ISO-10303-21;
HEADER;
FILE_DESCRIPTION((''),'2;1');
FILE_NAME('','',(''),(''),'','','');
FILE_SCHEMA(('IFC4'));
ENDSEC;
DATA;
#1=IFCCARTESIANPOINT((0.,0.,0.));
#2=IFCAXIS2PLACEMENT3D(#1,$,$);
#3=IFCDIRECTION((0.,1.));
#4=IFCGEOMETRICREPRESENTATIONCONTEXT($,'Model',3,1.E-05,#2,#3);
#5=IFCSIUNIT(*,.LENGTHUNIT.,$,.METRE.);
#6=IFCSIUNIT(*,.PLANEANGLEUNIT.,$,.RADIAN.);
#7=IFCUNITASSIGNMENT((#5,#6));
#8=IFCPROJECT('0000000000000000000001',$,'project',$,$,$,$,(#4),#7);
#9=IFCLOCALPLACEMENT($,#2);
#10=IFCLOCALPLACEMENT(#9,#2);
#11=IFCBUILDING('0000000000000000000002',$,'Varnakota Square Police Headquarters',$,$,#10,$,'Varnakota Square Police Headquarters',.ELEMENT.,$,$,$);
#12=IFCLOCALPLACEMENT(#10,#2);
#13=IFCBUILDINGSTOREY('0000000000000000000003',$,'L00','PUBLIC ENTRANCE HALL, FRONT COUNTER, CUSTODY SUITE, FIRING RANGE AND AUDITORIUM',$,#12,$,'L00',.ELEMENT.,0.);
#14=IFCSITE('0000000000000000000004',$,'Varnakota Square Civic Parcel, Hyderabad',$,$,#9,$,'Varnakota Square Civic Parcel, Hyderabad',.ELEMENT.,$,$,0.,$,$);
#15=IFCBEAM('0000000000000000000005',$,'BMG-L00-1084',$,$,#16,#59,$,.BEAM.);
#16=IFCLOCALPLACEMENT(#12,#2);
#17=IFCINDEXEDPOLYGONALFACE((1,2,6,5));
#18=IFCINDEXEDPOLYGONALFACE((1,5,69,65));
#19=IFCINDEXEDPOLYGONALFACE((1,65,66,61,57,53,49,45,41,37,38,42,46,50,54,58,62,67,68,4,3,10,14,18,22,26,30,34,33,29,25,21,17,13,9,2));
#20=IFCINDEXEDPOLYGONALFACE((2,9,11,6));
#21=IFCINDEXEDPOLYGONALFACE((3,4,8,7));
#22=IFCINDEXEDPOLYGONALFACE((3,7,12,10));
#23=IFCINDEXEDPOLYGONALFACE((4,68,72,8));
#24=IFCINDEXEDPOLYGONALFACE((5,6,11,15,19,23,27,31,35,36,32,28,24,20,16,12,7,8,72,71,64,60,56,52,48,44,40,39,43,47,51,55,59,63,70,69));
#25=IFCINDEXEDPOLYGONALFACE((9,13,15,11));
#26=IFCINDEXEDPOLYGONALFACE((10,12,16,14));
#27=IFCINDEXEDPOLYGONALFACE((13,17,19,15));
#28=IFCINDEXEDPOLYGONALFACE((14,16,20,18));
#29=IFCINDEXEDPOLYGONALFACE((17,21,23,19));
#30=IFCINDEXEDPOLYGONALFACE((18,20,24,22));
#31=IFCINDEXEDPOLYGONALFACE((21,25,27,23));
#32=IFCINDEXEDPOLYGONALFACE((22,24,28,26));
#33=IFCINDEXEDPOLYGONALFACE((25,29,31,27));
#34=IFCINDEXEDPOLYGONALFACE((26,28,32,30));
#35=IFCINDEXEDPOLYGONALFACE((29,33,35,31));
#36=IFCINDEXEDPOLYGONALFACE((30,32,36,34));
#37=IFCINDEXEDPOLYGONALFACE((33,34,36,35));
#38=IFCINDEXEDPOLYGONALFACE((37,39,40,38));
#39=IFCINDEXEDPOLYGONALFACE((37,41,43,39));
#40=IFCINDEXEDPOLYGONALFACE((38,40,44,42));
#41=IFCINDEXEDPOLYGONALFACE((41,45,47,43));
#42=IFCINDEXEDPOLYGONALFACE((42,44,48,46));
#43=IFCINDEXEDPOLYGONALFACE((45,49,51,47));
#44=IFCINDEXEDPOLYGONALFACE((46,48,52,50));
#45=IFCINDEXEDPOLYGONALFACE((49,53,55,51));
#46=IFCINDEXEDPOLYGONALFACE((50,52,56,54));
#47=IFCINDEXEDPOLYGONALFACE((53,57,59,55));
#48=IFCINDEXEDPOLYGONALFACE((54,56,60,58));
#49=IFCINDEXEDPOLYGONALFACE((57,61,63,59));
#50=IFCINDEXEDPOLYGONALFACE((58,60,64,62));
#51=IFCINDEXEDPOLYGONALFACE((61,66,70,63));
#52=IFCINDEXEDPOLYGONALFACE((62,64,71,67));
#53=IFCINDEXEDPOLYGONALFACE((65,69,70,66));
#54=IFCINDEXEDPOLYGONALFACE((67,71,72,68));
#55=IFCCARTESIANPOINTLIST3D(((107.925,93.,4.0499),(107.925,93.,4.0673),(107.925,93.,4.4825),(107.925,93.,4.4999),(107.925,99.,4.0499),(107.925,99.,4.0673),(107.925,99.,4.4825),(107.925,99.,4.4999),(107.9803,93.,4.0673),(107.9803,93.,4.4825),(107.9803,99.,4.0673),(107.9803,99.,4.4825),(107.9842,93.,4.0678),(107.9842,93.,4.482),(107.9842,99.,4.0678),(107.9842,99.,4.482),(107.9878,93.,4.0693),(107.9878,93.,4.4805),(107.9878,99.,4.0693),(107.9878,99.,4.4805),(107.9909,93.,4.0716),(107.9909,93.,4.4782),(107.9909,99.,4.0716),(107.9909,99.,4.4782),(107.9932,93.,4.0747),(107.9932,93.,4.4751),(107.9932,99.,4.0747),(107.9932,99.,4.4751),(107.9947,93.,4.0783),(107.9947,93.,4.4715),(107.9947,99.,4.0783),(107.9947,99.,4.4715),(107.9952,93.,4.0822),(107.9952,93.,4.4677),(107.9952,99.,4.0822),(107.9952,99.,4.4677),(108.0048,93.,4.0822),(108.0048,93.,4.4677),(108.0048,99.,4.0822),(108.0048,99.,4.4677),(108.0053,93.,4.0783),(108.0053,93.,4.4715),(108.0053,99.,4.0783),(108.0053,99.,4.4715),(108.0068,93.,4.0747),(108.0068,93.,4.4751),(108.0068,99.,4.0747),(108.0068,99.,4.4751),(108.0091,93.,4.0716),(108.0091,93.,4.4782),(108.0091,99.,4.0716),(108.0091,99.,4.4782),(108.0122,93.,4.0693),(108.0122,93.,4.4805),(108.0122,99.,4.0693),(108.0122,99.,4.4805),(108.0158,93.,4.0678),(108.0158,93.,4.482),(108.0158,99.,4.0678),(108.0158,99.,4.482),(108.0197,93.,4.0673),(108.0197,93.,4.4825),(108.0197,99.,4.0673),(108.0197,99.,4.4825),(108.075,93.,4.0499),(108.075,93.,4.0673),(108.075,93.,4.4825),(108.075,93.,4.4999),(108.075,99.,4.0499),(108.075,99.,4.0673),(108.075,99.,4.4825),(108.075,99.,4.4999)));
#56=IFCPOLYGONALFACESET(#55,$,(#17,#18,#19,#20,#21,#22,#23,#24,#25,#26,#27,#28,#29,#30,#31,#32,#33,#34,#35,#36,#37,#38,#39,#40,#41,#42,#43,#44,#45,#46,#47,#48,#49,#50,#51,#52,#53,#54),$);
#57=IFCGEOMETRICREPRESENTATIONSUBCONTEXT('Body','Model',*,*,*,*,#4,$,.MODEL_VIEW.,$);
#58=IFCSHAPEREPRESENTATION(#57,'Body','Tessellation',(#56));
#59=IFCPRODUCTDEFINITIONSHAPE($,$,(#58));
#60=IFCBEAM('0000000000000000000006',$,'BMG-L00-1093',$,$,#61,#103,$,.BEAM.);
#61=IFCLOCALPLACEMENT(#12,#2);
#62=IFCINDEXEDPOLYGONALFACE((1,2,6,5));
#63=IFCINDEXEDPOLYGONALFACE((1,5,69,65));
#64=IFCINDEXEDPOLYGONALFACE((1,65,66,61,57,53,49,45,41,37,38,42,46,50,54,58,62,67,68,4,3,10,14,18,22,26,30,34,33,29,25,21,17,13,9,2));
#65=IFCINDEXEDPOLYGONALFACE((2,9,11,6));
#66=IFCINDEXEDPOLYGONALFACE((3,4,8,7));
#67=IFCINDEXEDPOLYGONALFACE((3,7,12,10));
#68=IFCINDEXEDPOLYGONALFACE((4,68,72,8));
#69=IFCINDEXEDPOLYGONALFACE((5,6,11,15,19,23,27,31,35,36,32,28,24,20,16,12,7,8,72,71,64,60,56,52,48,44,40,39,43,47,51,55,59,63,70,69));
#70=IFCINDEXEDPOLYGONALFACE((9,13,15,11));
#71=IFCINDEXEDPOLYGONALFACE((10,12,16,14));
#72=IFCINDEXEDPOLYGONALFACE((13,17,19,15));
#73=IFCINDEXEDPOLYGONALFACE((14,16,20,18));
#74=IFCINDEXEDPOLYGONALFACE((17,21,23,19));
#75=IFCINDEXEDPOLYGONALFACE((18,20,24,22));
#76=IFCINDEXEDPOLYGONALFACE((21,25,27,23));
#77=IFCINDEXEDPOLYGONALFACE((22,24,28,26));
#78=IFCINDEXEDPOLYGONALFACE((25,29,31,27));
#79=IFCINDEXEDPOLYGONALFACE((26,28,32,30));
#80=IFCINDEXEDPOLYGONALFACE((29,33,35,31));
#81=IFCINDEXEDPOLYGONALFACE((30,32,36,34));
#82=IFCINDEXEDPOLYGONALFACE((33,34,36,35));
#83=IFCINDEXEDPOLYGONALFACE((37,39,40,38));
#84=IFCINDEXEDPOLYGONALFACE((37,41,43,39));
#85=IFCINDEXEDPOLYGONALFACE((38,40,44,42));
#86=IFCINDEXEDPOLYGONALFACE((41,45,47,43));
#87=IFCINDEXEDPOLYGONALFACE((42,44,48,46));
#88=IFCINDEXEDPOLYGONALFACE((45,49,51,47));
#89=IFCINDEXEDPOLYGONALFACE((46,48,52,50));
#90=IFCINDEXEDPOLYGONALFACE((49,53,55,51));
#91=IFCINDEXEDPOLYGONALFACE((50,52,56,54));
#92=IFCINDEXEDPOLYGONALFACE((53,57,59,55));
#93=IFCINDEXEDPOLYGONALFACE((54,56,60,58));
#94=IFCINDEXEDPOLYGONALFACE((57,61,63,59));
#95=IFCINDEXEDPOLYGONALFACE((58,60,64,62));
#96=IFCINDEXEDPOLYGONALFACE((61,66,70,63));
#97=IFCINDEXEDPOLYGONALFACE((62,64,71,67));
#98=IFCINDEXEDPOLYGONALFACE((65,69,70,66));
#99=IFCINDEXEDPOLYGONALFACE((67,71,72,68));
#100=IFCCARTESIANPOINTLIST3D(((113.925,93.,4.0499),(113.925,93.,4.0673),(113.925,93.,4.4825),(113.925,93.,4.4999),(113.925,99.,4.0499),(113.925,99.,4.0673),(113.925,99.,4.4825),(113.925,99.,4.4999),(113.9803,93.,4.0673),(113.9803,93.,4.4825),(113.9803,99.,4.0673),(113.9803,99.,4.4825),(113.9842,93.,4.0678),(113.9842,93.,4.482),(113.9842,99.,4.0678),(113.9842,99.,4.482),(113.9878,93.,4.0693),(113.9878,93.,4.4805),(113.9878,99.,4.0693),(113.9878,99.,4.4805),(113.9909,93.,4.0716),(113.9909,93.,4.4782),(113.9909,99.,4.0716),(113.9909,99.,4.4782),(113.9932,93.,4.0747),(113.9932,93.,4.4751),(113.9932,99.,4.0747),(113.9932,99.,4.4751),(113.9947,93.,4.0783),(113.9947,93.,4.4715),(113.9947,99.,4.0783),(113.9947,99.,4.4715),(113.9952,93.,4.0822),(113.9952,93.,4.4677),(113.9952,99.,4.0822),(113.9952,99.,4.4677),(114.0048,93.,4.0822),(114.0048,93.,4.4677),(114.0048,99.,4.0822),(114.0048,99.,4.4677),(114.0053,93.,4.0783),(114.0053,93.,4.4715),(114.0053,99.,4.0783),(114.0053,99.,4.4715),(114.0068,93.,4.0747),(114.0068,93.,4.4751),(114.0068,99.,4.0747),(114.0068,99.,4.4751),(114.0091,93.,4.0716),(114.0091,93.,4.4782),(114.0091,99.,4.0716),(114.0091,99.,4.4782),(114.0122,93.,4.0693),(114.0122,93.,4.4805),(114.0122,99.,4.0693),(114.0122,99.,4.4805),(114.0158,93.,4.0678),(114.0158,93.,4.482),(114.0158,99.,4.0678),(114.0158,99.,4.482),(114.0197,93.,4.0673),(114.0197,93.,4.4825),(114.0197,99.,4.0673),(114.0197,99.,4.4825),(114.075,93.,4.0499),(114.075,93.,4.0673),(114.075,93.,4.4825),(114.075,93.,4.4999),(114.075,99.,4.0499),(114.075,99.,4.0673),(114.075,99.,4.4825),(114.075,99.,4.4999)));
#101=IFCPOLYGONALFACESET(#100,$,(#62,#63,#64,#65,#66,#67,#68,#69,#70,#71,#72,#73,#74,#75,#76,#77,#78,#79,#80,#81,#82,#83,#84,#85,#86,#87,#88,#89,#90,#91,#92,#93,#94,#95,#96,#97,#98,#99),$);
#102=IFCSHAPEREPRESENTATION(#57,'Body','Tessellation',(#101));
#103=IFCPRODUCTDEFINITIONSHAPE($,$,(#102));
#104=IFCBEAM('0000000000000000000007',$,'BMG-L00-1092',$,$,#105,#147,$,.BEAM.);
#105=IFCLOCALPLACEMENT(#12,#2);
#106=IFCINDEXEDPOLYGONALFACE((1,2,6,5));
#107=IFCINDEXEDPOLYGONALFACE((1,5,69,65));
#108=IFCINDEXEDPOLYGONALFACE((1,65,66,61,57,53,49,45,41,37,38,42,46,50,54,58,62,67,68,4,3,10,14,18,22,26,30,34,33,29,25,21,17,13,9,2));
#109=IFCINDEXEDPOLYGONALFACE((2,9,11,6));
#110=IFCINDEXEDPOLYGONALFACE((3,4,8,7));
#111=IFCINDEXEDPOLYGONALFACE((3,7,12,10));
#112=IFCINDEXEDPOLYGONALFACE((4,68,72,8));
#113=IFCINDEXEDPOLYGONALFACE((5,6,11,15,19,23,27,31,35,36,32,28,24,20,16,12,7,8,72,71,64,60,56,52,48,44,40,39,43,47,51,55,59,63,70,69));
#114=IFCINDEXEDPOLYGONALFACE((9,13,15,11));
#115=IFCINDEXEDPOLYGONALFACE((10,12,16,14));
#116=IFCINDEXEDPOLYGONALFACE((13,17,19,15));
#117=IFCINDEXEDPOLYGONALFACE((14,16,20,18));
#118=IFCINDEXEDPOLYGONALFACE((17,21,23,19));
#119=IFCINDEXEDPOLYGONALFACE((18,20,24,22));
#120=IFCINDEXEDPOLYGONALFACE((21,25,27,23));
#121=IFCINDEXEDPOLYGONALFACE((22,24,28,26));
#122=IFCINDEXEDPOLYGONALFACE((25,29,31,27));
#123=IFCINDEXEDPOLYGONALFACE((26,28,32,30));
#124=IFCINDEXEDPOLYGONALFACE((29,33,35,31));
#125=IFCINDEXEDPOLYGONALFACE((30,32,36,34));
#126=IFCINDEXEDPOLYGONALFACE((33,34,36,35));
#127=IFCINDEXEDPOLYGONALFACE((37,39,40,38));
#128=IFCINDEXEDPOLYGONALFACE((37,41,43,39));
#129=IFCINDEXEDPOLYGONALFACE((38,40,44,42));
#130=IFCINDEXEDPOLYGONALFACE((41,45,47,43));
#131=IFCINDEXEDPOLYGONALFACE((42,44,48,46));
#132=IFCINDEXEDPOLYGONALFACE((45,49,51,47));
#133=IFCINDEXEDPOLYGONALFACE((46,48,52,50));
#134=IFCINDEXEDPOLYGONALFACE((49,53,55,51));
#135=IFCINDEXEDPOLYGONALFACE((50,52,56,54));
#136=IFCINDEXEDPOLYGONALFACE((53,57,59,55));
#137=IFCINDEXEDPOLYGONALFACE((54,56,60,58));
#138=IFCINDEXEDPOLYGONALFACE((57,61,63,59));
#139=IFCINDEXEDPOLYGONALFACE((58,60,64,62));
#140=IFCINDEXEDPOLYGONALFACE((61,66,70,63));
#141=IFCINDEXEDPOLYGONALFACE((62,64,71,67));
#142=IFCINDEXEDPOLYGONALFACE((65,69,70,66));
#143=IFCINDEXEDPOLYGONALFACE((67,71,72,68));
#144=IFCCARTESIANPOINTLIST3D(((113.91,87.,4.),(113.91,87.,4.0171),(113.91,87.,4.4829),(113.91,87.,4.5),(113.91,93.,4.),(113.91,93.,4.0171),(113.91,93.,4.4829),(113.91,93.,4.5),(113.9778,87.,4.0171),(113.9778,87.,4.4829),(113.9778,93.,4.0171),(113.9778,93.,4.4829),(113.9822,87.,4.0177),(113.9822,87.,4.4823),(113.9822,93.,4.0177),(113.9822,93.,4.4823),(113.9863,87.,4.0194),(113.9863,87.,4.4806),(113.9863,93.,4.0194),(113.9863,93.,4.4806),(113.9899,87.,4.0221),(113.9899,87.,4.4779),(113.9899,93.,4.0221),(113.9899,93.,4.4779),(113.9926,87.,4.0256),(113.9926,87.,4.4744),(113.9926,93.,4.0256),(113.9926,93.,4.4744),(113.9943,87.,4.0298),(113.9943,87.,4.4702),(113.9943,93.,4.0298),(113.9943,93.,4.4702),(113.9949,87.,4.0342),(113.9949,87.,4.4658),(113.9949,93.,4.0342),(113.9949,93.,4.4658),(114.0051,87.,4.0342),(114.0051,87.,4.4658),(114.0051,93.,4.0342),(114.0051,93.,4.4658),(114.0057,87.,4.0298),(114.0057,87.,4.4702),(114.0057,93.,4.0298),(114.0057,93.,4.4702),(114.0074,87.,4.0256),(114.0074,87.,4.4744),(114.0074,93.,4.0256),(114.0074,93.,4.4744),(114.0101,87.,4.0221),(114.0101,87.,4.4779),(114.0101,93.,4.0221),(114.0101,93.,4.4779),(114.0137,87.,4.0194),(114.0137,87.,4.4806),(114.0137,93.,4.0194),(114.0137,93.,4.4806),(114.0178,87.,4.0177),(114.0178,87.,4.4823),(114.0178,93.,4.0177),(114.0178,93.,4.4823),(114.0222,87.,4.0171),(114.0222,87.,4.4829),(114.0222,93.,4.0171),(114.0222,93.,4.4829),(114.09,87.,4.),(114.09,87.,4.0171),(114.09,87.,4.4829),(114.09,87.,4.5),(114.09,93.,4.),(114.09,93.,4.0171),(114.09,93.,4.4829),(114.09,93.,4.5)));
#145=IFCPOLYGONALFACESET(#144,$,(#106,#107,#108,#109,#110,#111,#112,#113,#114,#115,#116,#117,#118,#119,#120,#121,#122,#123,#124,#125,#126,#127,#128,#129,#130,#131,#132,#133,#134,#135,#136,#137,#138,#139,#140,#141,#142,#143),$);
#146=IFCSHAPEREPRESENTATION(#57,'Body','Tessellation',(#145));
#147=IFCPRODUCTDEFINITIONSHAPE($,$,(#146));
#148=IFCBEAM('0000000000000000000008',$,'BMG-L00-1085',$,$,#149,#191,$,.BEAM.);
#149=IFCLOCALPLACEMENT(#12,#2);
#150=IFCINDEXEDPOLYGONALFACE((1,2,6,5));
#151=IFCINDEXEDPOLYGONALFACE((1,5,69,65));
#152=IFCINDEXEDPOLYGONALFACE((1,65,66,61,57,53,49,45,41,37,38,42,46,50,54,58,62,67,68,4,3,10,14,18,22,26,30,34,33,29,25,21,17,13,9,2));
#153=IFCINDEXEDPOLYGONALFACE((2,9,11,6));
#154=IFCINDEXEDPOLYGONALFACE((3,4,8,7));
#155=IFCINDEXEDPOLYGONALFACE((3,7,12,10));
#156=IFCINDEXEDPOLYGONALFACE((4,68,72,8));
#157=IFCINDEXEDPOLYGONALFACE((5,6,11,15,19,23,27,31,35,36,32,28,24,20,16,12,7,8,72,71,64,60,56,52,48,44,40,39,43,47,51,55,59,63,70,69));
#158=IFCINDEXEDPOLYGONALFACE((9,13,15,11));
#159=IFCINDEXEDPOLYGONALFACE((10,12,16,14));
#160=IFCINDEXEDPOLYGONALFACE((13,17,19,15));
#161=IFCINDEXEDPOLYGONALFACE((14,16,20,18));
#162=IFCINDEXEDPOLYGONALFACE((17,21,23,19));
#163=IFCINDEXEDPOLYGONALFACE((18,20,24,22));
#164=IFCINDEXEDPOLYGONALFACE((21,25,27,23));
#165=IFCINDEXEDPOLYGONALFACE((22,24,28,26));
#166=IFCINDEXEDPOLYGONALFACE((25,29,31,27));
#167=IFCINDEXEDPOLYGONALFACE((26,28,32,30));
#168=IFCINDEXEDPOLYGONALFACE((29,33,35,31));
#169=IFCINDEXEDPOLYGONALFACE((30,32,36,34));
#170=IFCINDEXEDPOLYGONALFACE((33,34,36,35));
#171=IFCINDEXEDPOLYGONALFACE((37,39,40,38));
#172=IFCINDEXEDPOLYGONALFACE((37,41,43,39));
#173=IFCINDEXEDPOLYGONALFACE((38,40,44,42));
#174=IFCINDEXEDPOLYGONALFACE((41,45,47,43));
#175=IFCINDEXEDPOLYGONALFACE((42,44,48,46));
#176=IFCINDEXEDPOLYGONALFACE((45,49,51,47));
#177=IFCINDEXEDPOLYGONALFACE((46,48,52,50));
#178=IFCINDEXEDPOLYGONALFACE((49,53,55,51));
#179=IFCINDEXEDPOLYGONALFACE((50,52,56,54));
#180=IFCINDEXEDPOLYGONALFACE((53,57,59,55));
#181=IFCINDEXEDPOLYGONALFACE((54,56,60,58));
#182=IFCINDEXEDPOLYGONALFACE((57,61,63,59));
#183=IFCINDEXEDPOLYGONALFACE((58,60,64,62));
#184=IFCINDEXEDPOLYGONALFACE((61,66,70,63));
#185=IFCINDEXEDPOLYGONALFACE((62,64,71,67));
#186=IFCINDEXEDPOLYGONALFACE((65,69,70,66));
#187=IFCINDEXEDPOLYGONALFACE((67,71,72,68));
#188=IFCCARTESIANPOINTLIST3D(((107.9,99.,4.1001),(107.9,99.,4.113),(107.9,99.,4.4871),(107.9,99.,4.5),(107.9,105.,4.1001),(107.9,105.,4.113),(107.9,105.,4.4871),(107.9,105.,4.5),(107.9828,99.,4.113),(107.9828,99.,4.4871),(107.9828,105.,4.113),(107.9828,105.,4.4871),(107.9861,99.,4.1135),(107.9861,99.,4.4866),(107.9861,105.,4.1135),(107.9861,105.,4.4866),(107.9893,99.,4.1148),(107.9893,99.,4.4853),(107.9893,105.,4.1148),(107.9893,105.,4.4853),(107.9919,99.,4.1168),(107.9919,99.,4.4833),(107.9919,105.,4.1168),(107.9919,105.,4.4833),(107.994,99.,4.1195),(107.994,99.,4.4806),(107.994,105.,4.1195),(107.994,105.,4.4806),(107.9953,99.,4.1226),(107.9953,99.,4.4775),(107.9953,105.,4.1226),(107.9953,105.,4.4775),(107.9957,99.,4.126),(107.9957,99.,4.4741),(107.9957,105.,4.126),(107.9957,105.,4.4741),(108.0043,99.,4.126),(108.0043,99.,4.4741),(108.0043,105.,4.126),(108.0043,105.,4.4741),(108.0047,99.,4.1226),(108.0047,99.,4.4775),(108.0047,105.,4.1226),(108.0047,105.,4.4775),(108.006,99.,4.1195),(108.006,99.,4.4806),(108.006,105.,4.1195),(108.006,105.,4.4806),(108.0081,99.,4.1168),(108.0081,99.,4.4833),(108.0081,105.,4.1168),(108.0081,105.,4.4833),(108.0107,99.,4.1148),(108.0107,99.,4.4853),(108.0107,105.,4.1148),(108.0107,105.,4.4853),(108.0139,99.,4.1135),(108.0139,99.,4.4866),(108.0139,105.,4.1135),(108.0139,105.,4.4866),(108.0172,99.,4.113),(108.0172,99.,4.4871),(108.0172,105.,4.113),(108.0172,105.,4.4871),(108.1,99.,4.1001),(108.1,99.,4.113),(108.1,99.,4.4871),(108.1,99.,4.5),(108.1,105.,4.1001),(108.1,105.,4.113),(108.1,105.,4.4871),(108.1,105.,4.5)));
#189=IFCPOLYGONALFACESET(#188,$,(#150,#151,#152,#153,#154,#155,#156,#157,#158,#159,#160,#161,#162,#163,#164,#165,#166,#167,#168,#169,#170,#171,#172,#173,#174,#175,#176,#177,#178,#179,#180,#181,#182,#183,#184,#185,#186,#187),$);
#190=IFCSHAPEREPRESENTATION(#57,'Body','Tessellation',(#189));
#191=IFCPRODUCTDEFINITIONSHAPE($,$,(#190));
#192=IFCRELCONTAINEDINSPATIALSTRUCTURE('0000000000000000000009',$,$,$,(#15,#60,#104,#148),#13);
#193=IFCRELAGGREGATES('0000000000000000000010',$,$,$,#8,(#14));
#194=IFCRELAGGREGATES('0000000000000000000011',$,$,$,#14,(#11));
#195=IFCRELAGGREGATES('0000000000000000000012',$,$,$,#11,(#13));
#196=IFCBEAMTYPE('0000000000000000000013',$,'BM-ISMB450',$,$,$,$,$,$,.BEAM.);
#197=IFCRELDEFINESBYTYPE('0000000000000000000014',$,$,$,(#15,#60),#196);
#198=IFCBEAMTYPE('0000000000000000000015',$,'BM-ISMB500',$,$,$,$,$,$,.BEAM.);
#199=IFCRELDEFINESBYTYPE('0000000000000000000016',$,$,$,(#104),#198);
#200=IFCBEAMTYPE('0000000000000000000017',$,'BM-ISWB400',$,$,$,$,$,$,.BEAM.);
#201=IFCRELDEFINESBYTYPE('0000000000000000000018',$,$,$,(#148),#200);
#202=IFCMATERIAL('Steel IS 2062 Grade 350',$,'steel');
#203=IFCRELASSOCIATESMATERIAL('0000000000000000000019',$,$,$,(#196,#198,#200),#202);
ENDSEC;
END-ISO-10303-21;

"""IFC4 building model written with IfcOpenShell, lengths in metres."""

from ifc_helpers import new_model, si_unit, direction, frame, origin, origin_2d, place, context, subcontext, project, spatial, i_section, extrude, material, material_profile, profile_set, type_object, element, save


model = new_model("IFC4")

# Units and contexts
model_context = context("Model", 3, precision=1e-05, world=origin(), true_north=direction((0.0, 1.0)))
body_context = subcontext(model_context, "Body", "Model", "MODEL_VIEW")
ifc_project = project(units=[si_unit("LENGTHUNIT", "METRE"), si_unit("PLANEANGLEUNIT", "RADIAN")], contexts=[model_context])

# Site, building, storey
site_placement = place(None, origin())
site = spatial("IfcSite", under=ifc_project, at=site_placement, Name="Varnakota Square Civic Parcel, Hyderabad", LongName="Varnakota Square Civic Parcel, Hyderabad", CompositionType="ELEMENT", RefElevation=0.0)
building_placement = place(site_placement, origin())
building = spatial("IfcBuilding", under=site, at=building_placement, Name="Varnakota Square Police Headquarters", LongName="Varnakota Square Police Headquarters", CompositionType="ELEMENT")
storey_placement = place(building_placement, origin())
storey = spatial("IfcBuildingStorey", under=building, at=storey_placement, Name="L00", Description="PUBLIC ENTRANCE HALL, FRONT COUNTER, CUSTODY SUITE, FIRING RANGE AND AUDITORIUM", LongName="L00", CompositionType="ELEMENT", Elevation=0.0)

# Beams
ifc_material_1 = material(Name="Steel IS 2062 Grade 350", Category="steel")
ifc_material_profile_1 = material_profile(ifc_material_1, i_section(OverallWidth=0.1499, OverallDepth=0.45, WebThickness=0.0095, FlangeThickness=0.0173, FilletRadius=0.0149, at=origin_2d()), Name="ISMB 450")
ifc_profile_set_1 = profile_set([ifc_material_profile_1], Name="Steel IS 2062 Grade 350")
beam_type_1 = type_object("IfcBeamType", Name="BM-ISMB450", PredefinedType="BEAM", material=ifc_profile_set_1)
for number, where, z_axis, x_axis, name in (
    (1, (108.0, 93.0, 4.2749), (0.0, 1.0, 0.0), (-1.0, 0.0, 0.0), "BMG-L00-1084"),
    (2, (114.0, 93.0, 4.2749), (0.0, 1.0, 0.0), (-1.0, 0.0, 0.0), "BMG-L00-1093"),
):
    element("IfcBeam", number, at=place(storey_placement, frame(where, z_axis=z_axis, x_axis=x_axis)), inside=storey, type_object=beam_type_1, Name=name, PredefinedType="BEAM", context=body_context, shape_type="SweptSolid", body=[
        extrude(i_section(OverallWidth=0.1499, OverallDepth=0.45, WebThickness=0.0095, FlangeThickness=0.0173, FilletRadius=0.0149, at=origin_2d()), origin(), (0.0, 0.0, 1.0), 6.0),
    ])
ifc_material_profile_2 = material_profile(ifc_material_1, i_section(OverallWidth=0.1799, OverallDepth=0.5, WebThickness=0.0103, FlangeThickness=0.0171, FilletRadius=0.0171, at=origin_2d()), Name="ISMB 500")
ifc_profile_set_2 = profile_set([ifc_material_profile_2], Name="Steel IS 2062 Grade 350")
beam_type_2 = type_object("IfcBeamType", Name="BM-ISMB500", PredefinedType="BEAM", material=ifc_profile_set_2)
beam_1_placement = place(storey_placement, frame((114.0, 87.0, 4.25), z_axis=(0.0, 1.0, 0.0), x_axis=(-1.0, 0.0, 0.0)))
element("IfcBeam", 3, at=beam_1_placement, inside=storey, type_object=beam_type_2, Name="BMG-L00-1092", PredefinedType="BEAM", context=body_context, shape_type="SweptSolid", body=[
    extrude(i_section(OverallWidth=0.1799, OverallDepth=0.5, WebThickness=0.0103, FlangeThickness=0.0171, FilletRadius=0.0171, at=origin_2d()), origin(), (0.0, 0.0, 1.0), 6.0),
])
ifc_material_profile_3 = material_profile(ifc_material_1, i_section(OverallWidth=0.2, OverallDepth=0.3999, WebThickness=0.0085, FlangeThickness=0.0129, FilletRadius=0.0129, at=origin_2d()), Name="ISWB 400")
ifc_profile_set_3 = profile_set([ifc_material_profile_3], Name="Steel IS 2062 Grade 350")
beam_type_3 = type_object("IfcBeamType", Name="BM-ISWB400", PredefinedType="BEAM", material=ifc_profile_set_3)
for number, where, z_axis, x_axis, name in (
    (4, (108.0, 99.0, 4.3), (0.0, 1.0, 0.0), (-1.0, 0.0, 0.0), "BMG-L00-1085"),
):
    element("IfcBeam", number, at=place(storey_placement, frame(where, z_axis=z_axis, x_axis=x_axis)), inside=storey, type_object=beam_type_3, Name=name, PredefinedType="BEAM", context=body_context, shape_type="SweptSolid", body=[
        extrude(i_section(OverallWidth=0.2, OverallDepth=0.3999, WebThickness=0.0085, FlangeThickness=0.0129, FilletRadius=0.0129, at=origin_2d()), origin(), (0.0, 0.0, 1.0), 6.0),
    ])

save(model, "model.ifc")
